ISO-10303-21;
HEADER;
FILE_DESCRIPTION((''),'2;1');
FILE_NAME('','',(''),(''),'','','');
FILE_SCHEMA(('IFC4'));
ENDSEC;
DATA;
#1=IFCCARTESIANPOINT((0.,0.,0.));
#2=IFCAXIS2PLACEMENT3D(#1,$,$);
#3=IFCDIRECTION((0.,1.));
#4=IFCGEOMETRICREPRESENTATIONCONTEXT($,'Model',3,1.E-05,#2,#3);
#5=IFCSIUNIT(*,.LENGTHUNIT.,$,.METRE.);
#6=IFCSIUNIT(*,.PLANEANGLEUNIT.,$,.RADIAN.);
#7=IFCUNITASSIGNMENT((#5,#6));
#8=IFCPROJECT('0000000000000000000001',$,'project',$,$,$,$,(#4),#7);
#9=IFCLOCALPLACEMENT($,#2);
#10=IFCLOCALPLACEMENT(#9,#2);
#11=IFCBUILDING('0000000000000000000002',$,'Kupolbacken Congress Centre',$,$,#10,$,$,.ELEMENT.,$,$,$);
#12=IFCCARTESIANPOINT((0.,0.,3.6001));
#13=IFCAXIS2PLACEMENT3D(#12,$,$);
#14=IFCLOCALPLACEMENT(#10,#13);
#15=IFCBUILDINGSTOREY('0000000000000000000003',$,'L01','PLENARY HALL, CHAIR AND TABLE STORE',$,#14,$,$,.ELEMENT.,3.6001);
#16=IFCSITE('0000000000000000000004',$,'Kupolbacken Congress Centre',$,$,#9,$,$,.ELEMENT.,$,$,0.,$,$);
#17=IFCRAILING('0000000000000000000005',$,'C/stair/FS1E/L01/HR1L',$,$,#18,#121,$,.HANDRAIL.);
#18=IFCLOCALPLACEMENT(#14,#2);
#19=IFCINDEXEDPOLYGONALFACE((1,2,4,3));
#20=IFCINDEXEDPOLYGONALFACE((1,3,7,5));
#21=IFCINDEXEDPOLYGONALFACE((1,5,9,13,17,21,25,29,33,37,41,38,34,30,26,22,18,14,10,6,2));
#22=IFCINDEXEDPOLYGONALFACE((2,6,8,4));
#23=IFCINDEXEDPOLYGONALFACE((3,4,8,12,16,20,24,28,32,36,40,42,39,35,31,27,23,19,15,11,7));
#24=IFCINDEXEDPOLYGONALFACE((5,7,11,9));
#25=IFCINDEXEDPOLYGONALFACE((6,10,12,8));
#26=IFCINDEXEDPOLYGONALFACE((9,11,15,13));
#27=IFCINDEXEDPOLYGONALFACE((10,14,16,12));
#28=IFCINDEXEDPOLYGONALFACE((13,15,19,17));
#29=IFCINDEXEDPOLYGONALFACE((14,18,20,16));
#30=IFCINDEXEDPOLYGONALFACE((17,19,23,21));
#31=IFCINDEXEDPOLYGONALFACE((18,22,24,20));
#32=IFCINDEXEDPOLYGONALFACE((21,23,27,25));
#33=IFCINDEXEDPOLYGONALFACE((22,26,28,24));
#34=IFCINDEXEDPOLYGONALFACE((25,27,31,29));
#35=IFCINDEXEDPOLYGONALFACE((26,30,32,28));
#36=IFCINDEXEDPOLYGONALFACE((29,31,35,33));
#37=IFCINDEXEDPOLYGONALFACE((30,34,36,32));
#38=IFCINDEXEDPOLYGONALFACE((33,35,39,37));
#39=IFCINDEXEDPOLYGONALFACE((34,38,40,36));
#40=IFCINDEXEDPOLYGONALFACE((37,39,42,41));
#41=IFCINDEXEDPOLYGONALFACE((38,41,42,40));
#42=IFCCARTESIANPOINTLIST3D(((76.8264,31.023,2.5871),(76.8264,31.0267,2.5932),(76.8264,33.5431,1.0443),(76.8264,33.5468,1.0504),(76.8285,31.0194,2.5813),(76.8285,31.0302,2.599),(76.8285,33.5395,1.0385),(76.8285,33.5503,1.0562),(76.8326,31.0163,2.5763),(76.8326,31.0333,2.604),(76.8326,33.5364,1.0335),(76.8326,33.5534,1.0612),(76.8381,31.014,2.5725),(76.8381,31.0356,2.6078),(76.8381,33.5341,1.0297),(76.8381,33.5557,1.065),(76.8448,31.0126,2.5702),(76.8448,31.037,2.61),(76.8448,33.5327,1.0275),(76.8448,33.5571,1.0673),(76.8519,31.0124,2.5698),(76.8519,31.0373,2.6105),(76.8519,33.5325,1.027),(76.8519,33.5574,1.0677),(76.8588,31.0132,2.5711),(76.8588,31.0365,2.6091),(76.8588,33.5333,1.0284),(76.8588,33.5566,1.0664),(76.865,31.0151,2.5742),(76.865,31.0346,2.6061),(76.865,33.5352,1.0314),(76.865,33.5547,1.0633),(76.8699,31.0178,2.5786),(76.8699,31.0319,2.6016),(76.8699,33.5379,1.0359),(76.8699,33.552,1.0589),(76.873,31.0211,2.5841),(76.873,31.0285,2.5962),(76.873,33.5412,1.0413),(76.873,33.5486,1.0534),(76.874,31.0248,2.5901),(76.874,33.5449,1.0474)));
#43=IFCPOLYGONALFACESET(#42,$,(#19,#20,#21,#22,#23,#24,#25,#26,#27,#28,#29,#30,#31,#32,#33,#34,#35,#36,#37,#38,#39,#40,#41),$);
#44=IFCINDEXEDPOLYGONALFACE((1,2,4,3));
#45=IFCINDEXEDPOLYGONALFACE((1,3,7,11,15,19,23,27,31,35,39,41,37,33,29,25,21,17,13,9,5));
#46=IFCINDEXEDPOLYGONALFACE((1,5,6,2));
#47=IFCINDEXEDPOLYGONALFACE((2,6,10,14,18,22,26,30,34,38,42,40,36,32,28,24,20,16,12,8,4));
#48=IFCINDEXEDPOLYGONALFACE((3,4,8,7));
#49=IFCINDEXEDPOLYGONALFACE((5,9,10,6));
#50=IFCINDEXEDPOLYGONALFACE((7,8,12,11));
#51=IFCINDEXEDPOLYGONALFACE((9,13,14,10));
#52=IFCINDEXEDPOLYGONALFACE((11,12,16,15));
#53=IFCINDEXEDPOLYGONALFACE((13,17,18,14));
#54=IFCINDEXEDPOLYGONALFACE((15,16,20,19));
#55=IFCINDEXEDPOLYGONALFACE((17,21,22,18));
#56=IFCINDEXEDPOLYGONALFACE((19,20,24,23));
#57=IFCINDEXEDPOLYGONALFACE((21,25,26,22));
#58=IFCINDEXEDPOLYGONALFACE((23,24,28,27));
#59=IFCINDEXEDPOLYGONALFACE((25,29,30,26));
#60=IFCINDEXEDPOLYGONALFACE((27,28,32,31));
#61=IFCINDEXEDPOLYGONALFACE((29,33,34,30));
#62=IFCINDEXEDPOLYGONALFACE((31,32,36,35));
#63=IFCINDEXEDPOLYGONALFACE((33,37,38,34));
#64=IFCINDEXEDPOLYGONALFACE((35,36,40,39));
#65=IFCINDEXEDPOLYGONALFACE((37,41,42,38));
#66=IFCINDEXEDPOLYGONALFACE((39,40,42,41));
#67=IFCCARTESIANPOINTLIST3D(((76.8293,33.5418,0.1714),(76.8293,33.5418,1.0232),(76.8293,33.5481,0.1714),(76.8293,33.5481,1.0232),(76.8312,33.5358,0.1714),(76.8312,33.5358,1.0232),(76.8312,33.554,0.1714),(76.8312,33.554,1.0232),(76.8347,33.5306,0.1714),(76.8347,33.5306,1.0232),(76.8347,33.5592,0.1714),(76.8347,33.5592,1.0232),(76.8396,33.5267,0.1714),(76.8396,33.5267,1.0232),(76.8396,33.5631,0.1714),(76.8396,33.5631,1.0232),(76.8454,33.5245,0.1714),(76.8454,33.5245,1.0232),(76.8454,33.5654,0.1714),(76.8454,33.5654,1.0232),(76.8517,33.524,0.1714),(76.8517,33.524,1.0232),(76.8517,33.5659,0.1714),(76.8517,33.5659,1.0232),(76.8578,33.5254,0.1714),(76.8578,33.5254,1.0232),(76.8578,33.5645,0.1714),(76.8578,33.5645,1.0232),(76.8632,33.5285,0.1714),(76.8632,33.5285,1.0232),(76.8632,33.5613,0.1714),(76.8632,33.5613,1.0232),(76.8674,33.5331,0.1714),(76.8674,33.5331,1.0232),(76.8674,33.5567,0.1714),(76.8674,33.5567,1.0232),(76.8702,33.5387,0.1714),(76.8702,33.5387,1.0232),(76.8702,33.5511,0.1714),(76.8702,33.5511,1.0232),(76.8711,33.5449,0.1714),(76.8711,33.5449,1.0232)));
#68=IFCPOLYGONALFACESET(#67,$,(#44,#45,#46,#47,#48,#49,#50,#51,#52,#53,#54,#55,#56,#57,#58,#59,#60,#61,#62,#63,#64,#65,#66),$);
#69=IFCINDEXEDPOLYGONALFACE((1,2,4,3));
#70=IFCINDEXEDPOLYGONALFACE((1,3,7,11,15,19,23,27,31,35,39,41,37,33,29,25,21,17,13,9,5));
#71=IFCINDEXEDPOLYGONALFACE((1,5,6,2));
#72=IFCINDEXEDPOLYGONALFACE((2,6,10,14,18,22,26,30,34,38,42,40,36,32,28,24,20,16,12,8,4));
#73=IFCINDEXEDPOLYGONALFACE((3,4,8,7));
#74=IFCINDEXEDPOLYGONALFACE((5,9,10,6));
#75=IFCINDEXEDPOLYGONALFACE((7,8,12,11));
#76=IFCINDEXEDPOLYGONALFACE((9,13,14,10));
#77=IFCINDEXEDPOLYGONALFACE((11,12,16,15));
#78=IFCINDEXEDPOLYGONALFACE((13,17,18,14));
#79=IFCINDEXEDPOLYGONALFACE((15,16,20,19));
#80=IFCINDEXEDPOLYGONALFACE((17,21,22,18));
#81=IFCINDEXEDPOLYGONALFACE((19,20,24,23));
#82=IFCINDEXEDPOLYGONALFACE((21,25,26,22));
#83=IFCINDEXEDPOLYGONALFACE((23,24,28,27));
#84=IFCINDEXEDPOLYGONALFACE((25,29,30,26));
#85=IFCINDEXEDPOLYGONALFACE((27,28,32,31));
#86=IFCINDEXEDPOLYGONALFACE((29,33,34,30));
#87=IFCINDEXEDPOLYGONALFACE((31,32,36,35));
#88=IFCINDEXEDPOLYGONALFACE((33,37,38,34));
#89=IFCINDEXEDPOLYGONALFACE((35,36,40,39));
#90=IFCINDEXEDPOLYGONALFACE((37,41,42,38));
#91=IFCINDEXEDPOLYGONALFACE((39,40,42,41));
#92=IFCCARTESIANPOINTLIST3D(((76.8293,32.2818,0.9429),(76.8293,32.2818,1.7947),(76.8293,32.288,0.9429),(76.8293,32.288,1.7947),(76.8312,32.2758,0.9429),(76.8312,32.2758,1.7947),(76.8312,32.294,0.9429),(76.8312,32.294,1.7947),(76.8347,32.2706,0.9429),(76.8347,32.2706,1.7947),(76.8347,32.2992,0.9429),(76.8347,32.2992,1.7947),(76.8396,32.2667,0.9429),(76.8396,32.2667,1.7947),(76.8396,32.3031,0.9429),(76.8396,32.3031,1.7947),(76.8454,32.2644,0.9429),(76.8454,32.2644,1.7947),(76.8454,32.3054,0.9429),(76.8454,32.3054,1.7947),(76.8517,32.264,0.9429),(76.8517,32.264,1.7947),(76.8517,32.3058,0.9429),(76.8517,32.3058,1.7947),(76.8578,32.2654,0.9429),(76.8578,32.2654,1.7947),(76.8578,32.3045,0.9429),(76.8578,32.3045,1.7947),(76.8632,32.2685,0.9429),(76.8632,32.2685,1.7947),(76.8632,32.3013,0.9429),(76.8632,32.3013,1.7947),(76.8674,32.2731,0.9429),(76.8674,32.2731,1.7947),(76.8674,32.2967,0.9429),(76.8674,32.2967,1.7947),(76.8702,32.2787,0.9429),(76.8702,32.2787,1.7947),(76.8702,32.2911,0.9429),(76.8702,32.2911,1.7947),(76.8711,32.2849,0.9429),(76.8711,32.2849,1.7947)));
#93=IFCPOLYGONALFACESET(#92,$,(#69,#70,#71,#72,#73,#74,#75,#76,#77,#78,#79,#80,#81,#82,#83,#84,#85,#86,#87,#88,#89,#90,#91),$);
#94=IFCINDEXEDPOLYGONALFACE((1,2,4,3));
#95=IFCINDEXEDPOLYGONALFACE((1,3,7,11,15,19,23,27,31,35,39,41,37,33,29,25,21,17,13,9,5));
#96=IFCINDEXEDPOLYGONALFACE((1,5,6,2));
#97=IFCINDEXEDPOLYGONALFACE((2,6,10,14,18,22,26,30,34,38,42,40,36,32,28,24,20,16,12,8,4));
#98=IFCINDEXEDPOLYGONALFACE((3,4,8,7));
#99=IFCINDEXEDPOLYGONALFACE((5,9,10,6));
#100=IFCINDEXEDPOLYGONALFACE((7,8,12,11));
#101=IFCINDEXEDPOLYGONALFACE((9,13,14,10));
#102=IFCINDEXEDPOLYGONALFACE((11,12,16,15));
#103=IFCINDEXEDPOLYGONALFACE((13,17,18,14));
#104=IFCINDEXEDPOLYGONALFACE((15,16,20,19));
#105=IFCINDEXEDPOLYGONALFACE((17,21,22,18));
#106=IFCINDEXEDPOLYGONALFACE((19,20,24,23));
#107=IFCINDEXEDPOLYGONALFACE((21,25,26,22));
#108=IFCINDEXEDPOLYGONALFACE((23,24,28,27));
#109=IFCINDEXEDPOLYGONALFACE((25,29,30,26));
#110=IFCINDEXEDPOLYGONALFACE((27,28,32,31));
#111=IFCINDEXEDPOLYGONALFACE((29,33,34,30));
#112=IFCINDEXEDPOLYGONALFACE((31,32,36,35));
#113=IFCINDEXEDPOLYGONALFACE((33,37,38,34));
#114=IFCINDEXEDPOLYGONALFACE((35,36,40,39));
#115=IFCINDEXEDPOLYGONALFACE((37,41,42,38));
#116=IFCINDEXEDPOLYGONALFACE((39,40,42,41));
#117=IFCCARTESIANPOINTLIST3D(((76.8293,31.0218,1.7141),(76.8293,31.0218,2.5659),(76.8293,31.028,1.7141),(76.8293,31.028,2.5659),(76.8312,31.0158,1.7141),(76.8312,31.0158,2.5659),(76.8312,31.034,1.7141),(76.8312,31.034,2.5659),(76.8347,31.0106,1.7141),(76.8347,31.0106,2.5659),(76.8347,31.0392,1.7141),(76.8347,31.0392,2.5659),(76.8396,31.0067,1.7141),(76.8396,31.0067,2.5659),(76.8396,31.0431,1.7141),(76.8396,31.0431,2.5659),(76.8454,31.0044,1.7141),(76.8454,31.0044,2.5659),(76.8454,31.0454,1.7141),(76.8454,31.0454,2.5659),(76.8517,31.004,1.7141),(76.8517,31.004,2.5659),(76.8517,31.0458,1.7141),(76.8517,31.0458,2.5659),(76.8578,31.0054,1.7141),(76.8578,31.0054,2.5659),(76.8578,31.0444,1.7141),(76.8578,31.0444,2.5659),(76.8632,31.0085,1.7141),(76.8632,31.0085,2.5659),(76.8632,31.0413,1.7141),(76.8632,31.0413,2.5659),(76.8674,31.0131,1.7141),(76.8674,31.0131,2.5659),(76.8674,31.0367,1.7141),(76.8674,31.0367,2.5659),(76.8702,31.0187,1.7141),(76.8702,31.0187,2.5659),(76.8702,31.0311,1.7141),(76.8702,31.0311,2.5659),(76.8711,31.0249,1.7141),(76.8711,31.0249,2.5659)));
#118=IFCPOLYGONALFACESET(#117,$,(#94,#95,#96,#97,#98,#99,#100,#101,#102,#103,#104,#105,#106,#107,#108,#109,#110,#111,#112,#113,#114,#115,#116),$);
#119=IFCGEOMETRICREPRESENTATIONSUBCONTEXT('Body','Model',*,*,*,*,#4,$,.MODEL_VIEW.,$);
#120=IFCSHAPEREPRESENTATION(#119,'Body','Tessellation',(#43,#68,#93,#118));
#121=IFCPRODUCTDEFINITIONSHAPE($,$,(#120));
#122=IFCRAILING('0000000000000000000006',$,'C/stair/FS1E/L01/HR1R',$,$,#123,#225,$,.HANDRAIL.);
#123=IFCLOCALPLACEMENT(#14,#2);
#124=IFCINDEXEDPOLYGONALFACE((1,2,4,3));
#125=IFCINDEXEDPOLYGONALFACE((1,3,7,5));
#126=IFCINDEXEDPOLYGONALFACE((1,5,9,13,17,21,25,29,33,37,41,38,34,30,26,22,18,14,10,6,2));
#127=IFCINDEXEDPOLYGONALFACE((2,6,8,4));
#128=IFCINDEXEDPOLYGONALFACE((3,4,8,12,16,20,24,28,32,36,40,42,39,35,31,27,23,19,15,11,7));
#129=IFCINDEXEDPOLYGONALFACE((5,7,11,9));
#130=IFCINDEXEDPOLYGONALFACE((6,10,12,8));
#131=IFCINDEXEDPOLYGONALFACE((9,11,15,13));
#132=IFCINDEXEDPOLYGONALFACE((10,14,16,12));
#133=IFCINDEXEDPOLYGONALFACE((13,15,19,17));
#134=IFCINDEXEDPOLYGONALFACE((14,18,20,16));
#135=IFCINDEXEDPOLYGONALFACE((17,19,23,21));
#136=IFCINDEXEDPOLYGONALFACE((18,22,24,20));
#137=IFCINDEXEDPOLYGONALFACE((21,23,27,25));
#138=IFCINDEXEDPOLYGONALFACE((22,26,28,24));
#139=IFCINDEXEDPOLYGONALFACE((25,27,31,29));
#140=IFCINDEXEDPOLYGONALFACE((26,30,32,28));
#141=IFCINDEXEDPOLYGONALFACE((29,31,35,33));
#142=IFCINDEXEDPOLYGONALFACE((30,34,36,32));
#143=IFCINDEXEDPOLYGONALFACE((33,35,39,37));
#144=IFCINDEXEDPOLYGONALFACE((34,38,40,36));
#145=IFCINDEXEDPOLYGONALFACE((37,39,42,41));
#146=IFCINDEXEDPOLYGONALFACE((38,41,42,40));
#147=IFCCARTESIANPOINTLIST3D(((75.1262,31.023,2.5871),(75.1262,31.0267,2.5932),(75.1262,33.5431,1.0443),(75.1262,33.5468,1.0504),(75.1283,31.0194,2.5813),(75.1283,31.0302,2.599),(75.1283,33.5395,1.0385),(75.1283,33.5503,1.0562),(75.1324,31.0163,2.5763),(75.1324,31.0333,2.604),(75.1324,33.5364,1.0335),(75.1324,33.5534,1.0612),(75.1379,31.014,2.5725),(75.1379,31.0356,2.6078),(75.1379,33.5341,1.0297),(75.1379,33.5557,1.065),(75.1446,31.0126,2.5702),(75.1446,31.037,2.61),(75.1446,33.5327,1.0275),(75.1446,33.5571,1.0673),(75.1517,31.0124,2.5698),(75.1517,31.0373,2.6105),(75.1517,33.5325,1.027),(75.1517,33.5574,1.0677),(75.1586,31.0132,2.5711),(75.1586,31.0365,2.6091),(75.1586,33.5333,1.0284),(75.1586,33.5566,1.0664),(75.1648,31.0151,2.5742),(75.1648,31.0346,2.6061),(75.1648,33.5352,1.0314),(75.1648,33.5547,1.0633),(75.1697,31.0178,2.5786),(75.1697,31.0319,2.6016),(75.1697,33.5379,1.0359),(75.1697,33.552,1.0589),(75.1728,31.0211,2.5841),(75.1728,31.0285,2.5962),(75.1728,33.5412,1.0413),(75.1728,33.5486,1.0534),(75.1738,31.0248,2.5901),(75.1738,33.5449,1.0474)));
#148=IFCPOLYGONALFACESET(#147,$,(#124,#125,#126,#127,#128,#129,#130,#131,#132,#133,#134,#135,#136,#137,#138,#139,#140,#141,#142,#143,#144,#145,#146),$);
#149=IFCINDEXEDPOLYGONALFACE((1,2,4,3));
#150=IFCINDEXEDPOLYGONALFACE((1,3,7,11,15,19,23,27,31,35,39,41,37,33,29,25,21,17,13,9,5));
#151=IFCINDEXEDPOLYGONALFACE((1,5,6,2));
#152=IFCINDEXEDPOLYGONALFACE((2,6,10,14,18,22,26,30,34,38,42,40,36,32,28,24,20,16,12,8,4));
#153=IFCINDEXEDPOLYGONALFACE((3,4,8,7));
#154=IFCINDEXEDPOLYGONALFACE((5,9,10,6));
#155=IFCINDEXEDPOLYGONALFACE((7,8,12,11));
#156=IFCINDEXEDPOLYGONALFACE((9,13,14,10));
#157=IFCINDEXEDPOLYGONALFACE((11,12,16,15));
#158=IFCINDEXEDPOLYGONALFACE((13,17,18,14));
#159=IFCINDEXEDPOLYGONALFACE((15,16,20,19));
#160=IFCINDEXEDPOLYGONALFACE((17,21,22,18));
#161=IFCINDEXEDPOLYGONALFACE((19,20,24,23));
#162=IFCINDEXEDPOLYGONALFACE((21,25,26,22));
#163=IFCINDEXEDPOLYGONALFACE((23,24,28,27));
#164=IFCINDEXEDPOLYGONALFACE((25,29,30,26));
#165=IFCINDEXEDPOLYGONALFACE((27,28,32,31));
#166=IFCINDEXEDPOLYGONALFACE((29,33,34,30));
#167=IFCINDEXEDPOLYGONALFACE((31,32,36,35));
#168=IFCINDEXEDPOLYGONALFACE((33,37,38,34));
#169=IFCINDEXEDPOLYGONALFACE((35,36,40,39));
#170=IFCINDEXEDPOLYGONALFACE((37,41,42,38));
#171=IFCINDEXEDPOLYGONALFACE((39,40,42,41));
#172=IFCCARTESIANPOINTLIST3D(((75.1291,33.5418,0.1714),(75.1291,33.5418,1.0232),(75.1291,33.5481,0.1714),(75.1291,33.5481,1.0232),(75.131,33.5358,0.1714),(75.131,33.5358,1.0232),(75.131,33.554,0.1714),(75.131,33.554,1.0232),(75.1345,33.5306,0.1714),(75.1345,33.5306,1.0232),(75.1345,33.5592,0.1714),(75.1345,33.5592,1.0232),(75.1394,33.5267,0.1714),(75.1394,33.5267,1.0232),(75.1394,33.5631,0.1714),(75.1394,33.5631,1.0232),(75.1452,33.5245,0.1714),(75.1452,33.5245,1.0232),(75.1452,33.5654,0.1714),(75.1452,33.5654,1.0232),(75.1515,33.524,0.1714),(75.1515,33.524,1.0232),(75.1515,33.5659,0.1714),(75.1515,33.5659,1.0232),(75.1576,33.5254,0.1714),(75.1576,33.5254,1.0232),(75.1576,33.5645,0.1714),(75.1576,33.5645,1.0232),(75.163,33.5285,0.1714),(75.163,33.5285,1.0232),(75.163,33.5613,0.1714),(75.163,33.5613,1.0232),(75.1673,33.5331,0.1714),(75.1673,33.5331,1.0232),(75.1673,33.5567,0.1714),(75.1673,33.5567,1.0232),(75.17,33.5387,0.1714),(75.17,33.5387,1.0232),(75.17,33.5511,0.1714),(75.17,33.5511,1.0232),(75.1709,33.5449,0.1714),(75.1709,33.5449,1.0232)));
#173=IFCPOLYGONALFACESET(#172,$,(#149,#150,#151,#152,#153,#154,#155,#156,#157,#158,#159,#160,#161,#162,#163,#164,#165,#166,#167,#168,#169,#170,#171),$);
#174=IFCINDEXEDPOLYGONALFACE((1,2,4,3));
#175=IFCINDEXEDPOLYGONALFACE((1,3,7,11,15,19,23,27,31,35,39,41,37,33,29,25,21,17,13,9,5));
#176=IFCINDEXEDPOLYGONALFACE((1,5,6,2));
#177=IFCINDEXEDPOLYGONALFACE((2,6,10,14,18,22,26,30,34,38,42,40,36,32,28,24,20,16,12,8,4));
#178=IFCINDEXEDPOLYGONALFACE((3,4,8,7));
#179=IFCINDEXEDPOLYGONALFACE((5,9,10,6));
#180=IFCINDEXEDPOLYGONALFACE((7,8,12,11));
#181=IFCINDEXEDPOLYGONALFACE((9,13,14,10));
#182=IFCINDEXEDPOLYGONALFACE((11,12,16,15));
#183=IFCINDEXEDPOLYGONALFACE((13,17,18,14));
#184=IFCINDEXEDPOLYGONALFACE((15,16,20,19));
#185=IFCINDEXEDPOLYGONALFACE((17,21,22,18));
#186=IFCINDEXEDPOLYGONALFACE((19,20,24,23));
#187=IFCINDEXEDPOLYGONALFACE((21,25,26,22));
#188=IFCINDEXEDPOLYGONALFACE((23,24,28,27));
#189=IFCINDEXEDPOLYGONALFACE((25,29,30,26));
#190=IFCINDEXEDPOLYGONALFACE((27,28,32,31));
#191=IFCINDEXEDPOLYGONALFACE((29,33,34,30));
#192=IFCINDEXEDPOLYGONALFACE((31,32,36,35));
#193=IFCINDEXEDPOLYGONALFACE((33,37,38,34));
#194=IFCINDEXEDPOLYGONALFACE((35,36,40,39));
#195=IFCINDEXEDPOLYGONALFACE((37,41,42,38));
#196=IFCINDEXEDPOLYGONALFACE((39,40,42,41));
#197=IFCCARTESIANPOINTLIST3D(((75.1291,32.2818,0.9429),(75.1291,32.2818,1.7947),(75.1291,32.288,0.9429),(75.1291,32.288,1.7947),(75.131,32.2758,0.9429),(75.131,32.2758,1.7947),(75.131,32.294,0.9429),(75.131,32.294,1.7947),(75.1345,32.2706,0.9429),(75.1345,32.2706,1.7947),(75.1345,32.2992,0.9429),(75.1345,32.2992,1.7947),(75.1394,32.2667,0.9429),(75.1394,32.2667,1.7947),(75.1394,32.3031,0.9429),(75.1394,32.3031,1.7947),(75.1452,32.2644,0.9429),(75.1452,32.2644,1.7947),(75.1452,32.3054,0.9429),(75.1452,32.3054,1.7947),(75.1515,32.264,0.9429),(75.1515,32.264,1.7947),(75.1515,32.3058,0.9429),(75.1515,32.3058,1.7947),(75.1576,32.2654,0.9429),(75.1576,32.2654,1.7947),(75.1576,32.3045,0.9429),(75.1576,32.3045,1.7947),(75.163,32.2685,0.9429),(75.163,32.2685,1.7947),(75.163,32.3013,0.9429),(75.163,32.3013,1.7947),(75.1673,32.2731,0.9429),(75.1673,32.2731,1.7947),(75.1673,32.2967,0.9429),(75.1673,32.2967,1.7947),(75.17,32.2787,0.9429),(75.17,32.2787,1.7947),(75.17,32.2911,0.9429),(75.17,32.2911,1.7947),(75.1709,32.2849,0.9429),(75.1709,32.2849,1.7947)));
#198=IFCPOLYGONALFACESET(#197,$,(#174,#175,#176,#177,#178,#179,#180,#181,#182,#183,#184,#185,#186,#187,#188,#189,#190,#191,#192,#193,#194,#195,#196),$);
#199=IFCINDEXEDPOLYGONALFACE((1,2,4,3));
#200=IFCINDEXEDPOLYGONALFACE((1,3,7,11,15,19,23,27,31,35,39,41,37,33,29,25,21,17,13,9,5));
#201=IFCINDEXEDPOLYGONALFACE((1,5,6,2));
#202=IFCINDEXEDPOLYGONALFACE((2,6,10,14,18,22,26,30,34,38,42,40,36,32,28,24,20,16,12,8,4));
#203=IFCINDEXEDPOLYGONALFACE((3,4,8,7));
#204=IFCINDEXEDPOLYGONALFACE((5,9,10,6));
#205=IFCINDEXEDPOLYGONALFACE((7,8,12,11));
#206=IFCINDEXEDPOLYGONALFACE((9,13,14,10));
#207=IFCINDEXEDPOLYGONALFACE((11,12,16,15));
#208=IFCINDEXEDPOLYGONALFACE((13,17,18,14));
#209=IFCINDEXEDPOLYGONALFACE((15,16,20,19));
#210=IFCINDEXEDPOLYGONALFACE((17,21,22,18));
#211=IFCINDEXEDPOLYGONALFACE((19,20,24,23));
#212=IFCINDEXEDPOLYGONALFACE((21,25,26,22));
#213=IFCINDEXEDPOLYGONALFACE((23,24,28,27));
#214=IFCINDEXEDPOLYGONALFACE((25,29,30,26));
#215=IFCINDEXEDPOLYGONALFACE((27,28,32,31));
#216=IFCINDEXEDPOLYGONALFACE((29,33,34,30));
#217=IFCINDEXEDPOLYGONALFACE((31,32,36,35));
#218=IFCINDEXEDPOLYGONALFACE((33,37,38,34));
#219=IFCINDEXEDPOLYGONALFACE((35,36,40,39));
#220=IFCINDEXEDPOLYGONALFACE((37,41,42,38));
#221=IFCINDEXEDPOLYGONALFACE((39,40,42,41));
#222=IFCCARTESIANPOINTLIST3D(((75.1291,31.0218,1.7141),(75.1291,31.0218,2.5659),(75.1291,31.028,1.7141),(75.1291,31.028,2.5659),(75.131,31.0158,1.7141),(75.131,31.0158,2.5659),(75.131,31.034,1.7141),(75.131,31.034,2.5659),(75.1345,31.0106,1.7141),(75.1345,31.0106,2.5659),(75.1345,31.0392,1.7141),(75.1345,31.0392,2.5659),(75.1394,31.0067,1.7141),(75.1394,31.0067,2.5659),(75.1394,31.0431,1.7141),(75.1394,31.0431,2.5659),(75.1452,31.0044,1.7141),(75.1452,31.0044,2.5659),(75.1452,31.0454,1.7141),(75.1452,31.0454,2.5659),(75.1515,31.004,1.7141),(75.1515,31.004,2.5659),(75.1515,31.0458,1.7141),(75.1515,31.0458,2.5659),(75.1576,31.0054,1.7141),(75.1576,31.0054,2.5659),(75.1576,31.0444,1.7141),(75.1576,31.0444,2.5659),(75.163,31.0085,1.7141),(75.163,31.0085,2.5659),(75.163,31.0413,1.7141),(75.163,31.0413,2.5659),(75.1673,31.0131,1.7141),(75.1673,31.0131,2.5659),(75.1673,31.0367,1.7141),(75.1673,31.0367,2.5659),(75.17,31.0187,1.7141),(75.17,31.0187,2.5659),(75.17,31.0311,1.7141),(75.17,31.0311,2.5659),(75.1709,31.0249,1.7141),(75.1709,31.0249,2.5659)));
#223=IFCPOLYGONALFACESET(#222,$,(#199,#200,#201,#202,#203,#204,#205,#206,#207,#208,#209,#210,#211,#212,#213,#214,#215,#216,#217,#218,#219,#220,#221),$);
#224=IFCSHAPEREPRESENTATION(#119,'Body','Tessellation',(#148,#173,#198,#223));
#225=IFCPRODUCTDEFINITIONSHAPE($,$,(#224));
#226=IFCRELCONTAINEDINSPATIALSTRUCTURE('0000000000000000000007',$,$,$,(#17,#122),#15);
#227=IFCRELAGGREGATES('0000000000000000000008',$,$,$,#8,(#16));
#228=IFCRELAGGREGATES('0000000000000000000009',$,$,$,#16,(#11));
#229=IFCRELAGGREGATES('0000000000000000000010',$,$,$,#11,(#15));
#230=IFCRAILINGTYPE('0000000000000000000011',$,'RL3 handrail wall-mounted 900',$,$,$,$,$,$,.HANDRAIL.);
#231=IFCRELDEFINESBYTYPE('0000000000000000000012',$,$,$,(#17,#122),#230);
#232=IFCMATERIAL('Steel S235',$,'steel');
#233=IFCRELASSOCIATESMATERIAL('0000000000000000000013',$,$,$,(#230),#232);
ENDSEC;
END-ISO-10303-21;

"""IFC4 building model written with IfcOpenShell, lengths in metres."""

from ifc_helpers import new_model, si_unit, direction, frame, origin, origin_2d, place, context, subcontext, project, spatial, circle, extrude, material, type_object, element, save


model = new_model("IFC4")

# Units and contexts
model_context = context("Model", 3, precision=1e-05, world=origin(), true_north=direction((0.0, 1.0)))
body_context = subcontext(model_context, "Body", "Model", "MODEL_VIEW")
ifc_project = project(units=[si_unit("LENGTHUNIT", "METRE"), si_unit("PLANEANGLEUNIT", "RADIAN")], contexts=[model_context])

# Site, building, storey
site_placement = place(None, origin())
site = spatial("IfcSite", under=ifc_project, at=site_placement, Name="Kupolbacken Congress Centre", CompositionType="ELEMENT", RefElevation=0.0)
building_placement = place(site_placement, origin())
building = spatial("IfcBuilding", under=site, at=building_placement, Name="Kupolbacken Congress Centre", CompositionType="ELEMENT")
storey_placement = place(building_placement, frame((0.0, 0.0, 3.6001)))
storey = spatial("IfcBuildingStorey", under=building, at=storey_placement, Name="L01", Description="PLENARY HALL, CHAIR AND TABLE STORE", CompositionType="ELEMENT", Elevation=3.6001)

# Railings
ifc_material_1 = material(Name="Steel S235", Category="steel")
railing_type = type_object("IfcRailingType", Name="RL3 handrail wall-mounted 900", PredefinedType="HANDRAIL", material=ifc_material_1)
for number, where, name in (
    (1, (76.8501, 33.5449, 0.1714), "C/stair/FS1E/L01/HR1L"),
    (2, (75.1499, 33.5449, 0.1714), "C/stair/FS1E/L01/HR1R"),
):
    element("IfcRailing", number, at=place(storey_placement, frame(where)), inside=storey, type_object=railing_type, Name=name, PredefinedType="HANDRAIL", context=body_context, shape_type="SweptSolid", body=[
        extrude(circle(Radius=0.0239, at=origin_2d()), frame((0.0, 0.0, 0.876), z_axis=(0.0, -0.852873, 0.522118), x_axis=(1.0, 0.0, 0.0)), (0.0, 0.0, 1.0), 2.9548),
        extrude(circle(Radius=0.021, at=origin_2d()), origin(), (0.0, 0.0, 1.0), 0.8518),
        extrude(circle(Radius=0.021, at=origin_2d()), frame((0.0, -1.26, 0.7715)), (0.0, 0.0, 1.0), 0.8518),
        extrude(circle(Radius=0.021, at=origin_2d()), frame((0.0, -2.52, 1.5427)), (0.0, 0.0, 1.0), 0.8518),
    ])

save(model, "model.ifc")
